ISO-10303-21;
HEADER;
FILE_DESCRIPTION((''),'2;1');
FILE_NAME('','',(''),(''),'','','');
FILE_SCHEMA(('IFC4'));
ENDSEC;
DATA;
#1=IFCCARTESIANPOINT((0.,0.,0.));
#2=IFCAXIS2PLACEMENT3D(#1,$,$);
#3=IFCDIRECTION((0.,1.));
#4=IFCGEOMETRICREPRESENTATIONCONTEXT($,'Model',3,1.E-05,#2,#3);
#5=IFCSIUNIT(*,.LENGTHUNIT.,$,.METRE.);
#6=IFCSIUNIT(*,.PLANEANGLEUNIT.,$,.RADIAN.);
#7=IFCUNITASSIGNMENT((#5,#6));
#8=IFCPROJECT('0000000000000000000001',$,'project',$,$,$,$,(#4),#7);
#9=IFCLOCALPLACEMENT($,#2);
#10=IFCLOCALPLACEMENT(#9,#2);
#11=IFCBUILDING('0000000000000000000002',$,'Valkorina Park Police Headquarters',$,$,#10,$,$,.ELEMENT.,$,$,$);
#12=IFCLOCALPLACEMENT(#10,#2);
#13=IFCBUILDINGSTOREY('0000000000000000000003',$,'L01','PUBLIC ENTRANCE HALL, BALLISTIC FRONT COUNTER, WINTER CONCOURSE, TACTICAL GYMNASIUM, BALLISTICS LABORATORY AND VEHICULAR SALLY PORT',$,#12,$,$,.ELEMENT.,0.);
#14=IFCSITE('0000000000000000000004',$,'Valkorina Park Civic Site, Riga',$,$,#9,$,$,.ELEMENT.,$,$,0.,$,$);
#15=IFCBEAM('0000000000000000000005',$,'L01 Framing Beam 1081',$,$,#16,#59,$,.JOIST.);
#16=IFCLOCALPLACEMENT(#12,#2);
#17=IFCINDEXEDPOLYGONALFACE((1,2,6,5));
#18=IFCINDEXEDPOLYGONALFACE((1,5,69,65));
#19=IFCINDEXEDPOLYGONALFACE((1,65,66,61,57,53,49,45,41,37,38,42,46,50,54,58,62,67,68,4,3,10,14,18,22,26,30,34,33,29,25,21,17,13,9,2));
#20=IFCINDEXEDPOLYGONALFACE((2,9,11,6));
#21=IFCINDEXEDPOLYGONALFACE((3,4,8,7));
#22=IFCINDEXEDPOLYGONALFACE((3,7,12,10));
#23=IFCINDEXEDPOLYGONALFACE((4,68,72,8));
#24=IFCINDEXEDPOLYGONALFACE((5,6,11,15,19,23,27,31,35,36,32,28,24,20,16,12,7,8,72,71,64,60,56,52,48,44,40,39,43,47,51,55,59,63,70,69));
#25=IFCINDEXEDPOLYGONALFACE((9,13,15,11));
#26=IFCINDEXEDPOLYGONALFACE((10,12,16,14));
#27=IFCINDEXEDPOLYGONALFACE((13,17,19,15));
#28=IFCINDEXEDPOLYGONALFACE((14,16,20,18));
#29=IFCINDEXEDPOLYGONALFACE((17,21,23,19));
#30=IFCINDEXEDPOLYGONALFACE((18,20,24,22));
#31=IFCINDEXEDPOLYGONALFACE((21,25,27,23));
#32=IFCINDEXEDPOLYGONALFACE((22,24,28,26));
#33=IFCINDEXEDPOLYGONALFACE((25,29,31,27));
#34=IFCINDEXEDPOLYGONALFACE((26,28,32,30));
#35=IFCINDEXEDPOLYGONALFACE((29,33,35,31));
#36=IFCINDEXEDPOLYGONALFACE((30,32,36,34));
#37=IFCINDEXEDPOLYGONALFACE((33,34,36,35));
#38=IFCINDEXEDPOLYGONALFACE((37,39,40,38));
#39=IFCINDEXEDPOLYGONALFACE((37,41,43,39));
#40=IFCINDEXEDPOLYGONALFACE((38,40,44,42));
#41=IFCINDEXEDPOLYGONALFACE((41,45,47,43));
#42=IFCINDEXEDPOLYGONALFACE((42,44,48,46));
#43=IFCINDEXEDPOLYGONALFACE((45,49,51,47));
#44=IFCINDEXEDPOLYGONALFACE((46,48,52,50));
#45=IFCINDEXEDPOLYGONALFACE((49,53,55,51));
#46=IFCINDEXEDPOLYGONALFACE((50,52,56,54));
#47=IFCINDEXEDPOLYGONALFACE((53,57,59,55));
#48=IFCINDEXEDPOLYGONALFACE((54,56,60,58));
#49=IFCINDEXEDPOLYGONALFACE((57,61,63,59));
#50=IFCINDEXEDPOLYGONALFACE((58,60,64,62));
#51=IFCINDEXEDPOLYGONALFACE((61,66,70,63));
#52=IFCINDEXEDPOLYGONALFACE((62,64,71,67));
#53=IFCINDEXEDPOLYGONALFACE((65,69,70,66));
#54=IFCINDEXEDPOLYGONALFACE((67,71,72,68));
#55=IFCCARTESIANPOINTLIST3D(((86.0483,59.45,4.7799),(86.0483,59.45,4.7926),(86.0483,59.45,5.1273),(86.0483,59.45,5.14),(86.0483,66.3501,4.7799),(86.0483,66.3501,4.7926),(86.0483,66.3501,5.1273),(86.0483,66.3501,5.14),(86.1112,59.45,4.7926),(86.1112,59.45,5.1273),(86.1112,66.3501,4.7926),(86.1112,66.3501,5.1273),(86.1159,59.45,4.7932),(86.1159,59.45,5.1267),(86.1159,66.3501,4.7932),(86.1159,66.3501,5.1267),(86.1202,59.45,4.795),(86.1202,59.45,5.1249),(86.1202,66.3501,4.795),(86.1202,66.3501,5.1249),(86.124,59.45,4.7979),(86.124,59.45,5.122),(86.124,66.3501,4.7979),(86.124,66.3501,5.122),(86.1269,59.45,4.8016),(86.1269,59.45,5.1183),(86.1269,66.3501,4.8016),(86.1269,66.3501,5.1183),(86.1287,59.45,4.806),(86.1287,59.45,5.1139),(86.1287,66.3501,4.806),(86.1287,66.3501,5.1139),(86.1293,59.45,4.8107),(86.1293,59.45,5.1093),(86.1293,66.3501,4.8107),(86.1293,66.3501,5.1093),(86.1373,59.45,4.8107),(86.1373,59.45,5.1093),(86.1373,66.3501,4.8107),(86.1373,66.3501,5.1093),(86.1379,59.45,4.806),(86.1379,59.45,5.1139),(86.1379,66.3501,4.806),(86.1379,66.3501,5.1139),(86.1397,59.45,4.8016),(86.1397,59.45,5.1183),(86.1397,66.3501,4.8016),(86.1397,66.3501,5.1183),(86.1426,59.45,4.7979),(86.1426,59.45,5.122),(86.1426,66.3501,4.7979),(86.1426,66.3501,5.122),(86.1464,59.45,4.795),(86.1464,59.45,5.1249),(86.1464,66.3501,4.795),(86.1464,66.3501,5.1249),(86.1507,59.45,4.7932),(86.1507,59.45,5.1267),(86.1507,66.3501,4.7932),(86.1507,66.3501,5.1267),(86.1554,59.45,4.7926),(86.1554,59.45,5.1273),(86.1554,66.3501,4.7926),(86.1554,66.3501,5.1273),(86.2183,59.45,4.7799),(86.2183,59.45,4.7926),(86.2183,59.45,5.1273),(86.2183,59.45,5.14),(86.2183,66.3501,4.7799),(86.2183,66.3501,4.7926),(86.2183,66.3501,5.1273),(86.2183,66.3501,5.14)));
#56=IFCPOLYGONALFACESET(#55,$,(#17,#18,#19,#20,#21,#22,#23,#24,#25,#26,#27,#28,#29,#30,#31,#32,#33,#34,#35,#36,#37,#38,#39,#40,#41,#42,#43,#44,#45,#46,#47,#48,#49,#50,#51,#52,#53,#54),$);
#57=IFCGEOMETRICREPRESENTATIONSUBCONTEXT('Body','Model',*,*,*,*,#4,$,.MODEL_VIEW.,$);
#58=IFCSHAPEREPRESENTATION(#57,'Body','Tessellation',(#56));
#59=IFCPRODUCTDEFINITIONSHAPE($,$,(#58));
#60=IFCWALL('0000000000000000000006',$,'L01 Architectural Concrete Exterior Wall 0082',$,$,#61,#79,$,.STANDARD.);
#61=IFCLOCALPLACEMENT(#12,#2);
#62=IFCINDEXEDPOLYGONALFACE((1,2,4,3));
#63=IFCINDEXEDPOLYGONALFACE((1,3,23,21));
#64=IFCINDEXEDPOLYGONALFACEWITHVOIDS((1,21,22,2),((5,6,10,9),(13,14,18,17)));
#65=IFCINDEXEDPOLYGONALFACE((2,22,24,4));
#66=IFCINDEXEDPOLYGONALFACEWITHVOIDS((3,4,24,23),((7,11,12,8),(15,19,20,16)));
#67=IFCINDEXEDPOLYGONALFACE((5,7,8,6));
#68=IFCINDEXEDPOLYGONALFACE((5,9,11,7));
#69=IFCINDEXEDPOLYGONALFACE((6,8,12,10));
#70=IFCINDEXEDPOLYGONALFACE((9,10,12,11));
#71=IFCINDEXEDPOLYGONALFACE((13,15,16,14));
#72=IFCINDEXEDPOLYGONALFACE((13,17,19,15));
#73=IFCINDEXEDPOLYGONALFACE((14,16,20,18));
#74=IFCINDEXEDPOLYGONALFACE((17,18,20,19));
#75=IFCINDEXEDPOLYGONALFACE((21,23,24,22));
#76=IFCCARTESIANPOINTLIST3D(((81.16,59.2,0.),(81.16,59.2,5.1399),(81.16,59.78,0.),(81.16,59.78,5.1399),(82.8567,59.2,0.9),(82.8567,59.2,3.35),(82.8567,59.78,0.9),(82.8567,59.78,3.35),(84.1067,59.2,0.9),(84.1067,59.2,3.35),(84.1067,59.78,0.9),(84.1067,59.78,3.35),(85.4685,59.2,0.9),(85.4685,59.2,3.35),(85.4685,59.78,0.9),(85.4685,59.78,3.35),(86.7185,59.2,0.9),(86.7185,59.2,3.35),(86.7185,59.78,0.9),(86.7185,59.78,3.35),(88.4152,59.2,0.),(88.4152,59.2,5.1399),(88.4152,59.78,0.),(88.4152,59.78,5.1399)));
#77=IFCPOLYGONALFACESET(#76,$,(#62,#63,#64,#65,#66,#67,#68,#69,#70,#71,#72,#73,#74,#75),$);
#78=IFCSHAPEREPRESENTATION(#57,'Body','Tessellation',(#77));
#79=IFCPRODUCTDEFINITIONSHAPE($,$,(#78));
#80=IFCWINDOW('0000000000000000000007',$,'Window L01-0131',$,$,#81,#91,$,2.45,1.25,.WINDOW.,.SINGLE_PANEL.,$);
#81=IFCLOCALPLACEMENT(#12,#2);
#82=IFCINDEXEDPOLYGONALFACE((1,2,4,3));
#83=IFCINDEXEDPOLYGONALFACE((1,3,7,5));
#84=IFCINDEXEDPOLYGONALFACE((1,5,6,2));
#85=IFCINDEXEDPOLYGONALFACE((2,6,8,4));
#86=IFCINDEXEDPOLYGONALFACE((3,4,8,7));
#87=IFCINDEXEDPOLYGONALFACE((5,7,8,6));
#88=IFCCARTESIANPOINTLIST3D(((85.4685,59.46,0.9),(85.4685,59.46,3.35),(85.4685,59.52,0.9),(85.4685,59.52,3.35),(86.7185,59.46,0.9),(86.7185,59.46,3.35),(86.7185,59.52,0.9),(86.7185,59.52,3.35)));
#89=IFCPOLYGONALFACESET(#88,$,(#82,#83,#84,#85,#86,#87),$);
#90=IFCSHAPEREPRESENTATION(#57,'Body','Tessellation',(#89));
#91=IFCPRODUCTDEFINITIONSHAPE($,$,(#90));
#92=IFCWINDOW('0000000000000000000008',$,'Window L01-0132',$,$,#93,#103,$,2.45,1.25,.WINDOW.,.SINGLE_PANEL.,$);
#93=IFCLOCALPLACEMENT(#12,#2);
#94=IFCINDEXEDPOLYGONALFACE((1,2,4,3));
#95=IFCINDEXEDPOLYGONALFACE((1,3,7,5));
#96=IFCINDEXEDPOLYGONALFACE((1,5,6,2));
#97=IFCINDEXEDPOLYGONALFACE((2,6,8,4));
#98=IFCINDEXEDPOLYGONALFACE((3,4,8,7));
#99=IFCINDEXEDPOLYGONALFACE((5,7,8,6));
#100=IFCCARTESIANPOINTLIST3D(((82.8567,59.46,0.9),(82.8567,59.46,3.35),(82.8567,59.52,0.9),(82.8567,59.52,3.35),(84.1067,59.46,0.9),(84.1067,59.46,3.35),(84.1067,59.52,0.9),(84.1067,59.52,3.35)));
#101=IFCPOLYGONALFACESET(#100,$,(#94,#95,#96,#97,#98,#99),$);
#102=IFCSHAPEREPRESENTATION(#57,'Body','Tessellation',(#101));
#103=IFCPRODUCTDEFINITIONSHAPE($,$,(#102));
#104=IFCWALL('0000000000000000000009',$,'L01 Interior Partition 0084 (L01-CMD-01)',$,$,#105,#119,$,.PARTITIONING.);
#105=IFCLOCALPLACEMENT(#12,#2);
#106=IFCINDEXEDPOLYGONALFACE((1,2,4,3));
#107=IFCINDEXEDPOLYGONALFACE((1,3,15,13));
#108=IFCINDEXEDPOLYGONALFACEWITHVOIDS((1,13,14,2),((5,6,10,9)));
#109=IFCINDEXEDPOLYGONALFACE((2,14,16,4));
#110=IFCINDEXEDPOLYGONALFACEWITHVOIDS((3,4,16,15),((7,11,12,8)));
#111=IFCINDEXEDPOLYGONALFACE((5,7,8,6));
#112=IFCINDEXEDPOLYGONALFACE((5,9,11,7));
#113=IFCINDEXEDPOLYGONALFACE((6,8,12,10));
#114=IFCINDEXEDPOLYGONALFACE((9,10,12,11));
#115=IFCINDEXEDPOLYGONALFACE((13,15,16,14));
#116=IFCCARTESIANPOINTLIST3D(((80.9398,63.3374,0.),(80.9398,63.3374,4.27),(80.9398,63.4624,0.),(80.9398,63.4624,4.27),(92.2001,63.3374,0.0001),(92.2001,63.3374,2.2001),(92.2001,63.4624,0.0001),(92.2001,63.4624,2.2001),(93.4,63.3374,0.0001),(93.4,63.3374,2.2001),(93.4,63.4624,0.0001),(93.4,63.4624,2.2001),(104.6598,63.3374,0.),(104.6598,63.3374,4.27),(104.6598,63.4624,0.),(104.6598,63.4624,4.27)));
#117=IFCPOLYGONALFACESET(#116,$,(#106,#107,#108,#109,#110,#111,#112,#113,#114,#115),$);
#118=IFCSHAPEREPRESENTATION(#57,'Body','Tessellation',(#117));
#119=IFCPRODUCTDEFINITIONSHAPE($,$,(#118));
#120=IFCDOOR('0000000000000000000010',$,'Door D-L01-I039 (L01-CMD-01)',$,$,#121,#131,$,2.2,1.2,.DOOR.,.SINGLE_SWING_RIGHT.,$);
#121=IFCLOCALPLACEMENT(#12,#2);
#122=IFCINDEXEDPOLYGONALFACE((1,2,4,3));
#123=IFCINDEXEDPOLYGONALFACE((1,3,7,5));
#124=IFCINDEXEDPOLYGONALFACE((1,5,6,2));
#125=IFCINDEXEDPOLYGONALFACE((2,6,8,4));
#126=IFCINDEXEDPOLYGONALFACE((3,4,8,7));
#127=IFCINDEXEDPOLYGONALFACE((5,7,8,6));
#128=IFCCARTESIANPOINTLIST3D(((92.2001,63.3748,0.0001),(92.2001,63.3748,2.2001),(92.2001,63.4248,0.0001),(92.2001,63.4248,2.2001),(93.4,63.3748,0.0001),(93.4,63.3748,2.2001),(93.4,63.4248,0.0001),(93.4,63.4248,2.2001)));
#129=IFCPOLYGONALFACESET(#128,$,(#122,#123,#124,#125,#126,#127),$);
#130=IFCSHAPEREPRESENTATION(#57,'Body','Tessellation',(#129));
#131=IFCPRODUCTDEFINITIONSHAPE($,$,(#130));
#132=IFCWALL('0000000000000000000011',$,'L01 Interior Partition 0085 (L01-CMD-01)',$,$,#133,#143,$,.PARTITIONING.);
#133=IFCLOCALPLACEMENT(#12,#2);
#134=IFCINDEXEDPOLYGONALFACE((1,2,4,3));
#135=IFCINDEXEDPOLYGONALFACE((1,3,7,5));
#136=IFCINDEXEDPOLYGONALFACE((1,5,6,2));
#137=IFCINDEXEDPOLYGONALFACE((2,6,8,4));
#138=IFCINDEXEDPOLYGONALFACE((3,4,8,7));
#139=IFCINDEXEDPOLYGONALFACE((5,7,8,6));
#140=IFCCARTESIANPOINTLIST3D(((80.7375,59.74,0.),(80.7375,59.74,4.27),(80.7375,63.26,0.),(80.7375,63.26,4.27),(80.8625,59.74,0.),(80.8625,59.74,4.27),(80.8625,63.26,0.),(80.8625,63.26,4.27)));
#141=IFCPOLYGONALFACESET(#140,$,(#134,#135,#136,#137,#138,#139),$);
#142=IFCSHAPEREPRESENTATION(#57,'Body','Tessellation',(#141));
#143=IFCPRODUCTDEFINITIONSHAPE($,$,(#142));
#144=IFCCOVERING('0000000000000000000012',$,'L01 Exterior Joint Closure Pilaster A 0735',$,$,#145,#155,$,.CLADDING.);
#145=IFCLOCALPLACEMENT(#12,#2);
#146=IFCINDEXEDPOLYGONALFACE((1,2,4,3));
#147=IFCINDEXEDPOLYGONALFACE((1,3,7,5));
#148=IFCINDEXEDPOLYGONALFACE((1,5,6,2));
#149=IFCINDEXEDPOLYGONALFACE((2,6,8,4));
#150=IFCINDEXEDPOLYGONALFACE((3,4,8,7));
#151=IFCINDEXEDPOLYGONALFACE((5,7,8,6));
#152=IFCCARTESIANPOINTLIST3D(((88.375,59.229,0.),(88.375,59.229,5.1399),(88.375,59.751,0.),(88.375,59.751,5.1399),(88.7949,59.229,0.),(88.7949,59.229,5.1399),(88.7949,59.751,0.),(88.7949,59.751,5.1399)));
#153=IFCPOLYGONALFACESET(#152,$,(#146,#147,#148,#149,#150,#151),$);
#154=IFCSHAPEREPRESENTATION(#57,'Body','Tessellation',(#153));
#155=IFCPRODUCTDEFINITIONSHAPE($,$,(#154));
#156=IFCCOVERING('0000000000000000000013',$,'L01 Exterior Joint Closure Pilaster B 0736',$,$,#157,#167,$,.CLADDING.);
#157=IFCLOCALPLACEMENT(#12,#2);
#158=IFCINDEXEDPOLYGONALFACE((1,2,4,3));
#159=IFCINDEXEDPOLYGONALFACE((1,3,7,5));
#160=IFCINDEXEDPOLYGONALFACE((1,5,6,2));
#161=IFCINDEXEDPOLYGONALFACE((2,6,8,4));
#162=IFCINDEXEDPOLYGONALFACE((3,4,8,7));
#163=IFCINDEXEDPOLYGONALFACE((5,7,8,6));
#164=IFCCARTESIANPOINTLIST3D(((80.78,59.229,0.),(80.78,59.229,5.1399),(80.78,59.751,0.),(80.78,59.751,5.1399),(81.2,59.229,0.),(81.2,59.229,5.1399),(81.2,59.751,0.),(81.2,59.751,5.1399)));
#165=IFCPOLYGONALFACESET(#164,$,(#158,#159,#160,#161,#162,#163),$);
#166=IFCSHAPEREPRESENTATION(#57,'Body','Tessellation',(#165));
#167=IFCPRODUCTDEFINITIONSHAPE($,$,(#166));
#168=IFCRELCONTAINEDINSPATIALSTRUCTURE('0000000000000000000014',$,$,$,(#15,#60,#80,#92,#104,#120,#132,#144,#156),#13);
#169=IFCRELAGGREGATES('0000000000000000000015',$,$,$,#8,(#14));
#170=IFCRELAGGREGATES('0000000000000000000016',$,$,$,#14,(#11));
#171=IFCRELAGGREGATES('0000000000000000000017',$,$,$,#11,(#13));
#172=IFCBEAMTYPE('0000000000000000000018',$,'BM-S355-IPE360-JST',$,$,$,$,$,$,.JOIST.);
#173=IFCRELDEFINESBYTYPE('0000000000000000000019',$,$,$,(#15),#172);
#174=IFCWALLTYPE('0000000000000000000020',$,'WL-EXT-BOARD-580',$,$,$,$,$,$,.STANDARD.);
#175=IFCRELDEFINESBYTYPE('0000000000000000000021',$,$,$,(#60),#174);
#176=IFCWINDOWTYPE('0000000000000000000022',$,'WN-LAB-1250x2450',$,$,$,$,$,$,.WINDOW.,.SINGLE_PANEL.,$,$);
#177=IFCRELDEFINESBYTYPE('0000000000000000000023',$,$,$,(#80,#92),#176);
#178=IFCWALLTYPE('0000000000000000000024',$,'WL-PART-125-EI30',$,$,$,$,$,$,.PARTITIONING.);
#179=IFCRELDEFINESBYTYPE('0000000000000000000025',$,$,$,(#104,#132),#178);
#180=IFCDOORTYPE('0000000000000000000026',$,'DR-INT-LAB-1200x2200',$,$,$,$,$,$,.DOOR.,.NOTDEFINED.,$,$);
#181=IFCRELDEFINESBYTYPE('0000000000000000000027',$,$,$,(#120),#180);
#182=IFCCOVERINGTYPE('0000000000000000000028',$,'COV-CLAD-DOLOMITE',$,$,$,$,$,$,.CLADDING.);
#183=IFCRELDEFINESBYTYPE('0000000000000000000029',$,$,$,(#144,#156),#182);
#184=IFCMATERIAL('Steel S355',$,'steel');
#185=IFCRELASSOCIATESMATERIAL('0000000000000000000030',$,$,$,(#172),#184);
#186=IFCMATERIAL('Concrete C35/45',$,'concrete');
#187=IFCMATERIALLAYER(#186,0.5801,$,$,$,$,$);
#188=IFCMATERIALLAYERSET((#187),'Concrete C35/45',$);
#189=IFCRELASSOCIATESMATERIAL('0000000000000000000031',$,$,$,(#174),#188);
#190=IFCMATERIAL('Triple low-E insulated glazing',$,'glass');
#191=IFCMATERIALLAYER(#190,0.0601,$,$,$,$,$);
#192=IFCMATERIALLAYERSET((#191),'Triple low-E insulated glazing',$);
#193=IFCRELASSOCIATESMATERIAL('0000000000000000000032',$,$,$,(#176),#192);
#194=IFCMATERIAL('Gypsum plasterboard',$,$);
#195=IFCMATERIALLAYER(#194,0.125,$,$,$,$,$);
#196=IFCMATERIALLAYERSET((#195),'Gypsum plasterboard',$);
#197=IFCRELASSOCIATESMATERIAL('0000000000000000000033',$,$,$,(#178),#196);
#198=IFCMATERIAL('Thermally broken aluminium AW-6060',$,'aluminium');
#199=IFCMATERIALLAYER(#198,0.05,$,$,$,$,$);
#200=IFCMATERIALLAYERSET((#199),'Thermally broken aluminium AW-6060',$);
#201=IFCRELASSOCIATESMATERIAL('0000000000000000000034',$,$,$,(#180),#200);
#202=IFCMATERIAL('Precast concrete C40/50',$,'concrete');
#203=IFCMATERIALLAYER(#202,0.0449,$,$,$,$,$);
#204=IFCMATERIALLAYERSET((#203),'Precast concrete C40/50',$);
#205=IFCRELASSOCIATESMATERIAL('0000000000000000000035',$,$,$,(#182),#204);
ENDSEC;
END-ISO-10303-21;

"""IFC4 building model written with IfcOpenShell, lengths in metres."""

from ifc_helpers import new_model, si_unit, direction, frame, frame_2d, origin, origin_2d, place, context, subcontext, project, spatial, rectangle, i_section, extrude, material, layer, layer_set, material_profile, profile_set, type_object, element, fill, save


model = new_model("IFC4")

# Units and contexts
model_context = context("Model", 3, precision=1e-05, world=origin(), true_north=direction((0.0, 1.0)))
body_context = subcontext(model_context, "Body", "Model", "MODEL_VIEW")
ifc_project = project(units=[si_unit("LENGTHUNIT", "METRE"), si_unit("PLANEANGLEUNIT", "RADIAN")], contexts=[model_context])

# Site, building, storey
site_placement = place(None, origin())
site = spatial("IfcSite", under=ifc_project, at=site_placement, Name="Valkorina Park Civic Site, Riga", CompositionType="ELEMENT", RefElevation=0.0)
building_placement = place(site_placement, origin())
building = spatial("IfcBuilding", under=site, at=building_placement, Name="Valkorina Park Police Headquarters", CompositionType="ELEMENT")
storey_placement = place(building_placement, origin())
storey = spatial("IfcBuildingStorey", under=building, at=storey_placement, Name="L01", Description="PUBLIC ENTRANCE HALL, BALLISTIC FRONT COUNTER, WINTER CONCOURSE, TACTICAL GYMNASIUM, BALLISTICS LABORATORY AND VEHICULAR SALLY PORT", CompositionType="ELEMENT", Elevation=0.0)

# Beam
ifc_material_1 = material(Name="Steel S355", Category="steel")
ifc_material_profile_1 = material_profile(ifc_material_1, i_section(OverallWidth=0.1699, OverallDepth=0.3601, WebThickness=0.0081, FlangeThickness=0.0127, FilletRadius=0.0181, at=origin_2d()), Name="IPE 360")
ifc_profile_set_1 = profile_set([ifc_material_profile_1], Name="Steel S355")
beam_type_1 = type_object("IfcBeamType", Name="BM-S355-IPE360-JST", PredefinedType="JOIST", material=ifc_profile_set_1)
for number, where, z_axis, x_axis, name in (
    (1, (86.1333, 59.45, 4.96), (0.0, 1.0, 0.0), (-1.0, 0.0, 0.0), "L01 Framing Beam 1081"),
):
    element("IfcBeam", number, at=place(storey_placement, frame(where, z_axis=z_axis, x_axis=x_axis)), inside=storey, type_object=beam_type_1, Name=name, PredefinedType="JOIST", context=body_context, shape_type="SweptSolid", body=[
        extrude(i_section(OverallWidth=0.1699, OverallDepth=0.3601, WebThickness=0.0081, FlangeThickness=0.0127, FilletRadius=0.0181, at=origin_2d()), origin(), (0.0, 0.0, 1.0), 6.9001),
    ])

# Wall, openings, windows
ifc_material_2 = material(Name="Concrete C35/45", Category="concrete")
ifc_layer_1 = layer(ifc_material_2, 0.5801)
ifc_layer_set_1 = layer_set([ifc_layer_1], Name="Concrete C35/45")
wall_type_1 = type_object("IfcWallType", Name="WL-EXT-BOARD-580", PredefinedType="STANDARD", material=ifc_layer_set_1)
wall_1_placement = place(storey_placement, frame((88.415, 59.49, 0.0), z_axis=(0.0, 0.0, 1.0), x_axis=(-1.0, 0.0, 0.0)))
wall_1 = element("IfcWall", 2, at=wall_1_placement, inside=storey, type_object=wall_type_1, Name="L01 Architectural Concrete Exterior Wall 0082", PredefinedType="STANDARD", context=body_context, shape_type="SweptSolid", body=[
    extrude(rectangle(XDim=7.2551, YDim=0.5801, at=frame_2d((3.6274, 0.0))), origin(), (0.0, 0.0, 1.0), 5.1399),
])
opening_1_placement = place(wall_1_placement, frame((1.6965, 0.0, 0.8999)))
opening_1 = element("IfcOpeningElement", 3, at=opening_1_placement, cuts=wall_1, PredefinedType="OPENING", context=body_context, shape_type="SweptSolid", body=[
    extrude(rectangle(XDim=1.25, YDim=2.45, at=frame_2d((0.625, 1.2251))), frame((0.0, 0.3, 0.0), z_axis=(0.0, -1.0, 0.0), x_axis=(1.0, 0.0, 0.0)), (0.0, 0.0, 1.0), 0.6001),
])
opening_2_placement = place(wall_1_placement, frame((4.3083, 0.0, 0.8999)))
opening_2 = element("IfcOpeningElement", 4, at=opening_2_placement, cuts=wall_1, PredefinedType="OPENING", context=body_context, shape_type="SweptSolid", body=[
    extrude(rectangle(XDim=1.25, YDim=2.45, at=frame_2d((0.625, 1.2251))), frame((0.0, 0.3, 0.0), z_axis=(0.0, -1.0, 0.0), x_axis=(1.0, 0.0, 0.0)), (0.0, 0.0, 1.0), 0.6001),
])
ifc_material_3 = material(Name="Triple low-E insulated glazing", Category="glass")
ifc_layer_2 = layer(ifc_material_3, 0.0601)
ifc_layer_set_2 = layer_set([ifc_layer_2], Name="Triple low-E insulated glazing")
window_type = type_object("IfcWindowType", Name="WN-LAB-1250x2450", PartitioningType="SINGLE_PANEL", PredefinedType="WINDOW", material=ifc_layer_set_2)
window_1_placement = place(opening_1_placement, origin())
window_1 = element("IfcWindow", 5, at=window_1_placement, inside=storey, type_object=window_type, Name="Window L01-0131", OverallHeight=2.45, OverallWidth=1.25, PartitioningType="SINGLE_PANEL", PredefinedType="WINDOW", context=body_context, shape_type="SweptSolid", body=[
    extrude(rectangle(XDim=1.25, YDim=2.45, at=frame_2d((0.625, 1.2251))), frame((0.0, 0.03, 0.0), z_axis=(0.0, -1.0, 0.0), x_axis=(1.0, 0.0, 0.0)), (0.0, 0.0, 1.0), 0.0601),
])
fill(opening_1, window_1)
window_2_placement = place(opening_2_placement, origin())
window_2 = element("IfcWindow", 6, at=window_2_placement, inside=storey, type_object=window_type, Name="Window L01-0132", OverallHeight=2.45, OverallWidth=1.25, PartitioningType="SINGLE_PANEL", PredefinedType="WINDOW", context=body_context, shape_type="SweptSolid", body=[
    extrude(rectangle(XDim=1.25, YDim=2.45, at=frame_2d((0.625, 1.2251))), frame((0.0, 0.03, 0.0), z_axis=(0.0, -1.0, 0.0), x_axis=(1.0, 0.0, 0.0)), (0.0, 0.0, 1.0), 0.0601),
])
fill(opening_2, window_2)

# Wall, opening, door
ifc_material_4 = material(Name="Gypsum plasterboard")
ifc_layer_3 = layer(ifc_material_4, 0.125)
ifc_layer_set_3 = layer_set([ifc_layer_3], Name="Gypsum plasterboard")
wall_type_2 = type_object("IfcWallType", Name="WL-PART-125-EI30", PredefinedType="PARTITIONING", material=ifc_layer_set_3)
wall_2_placement = place(storey_placement, frame((80.9399, 63.3999, 0.0), z_axis=(0.0, 0.0, 1.0), x_axis=(1.0, 0.0, 0.0)))
wall_2 = element("IfcWall", 7, at=wall_2_placement, inside=storey, type_object=wall_type_2, Name="L01 Interior Partition 0084 (L01-CMD-01)", PredefinedType="PARTITIONING", context=body_context, shape_type="SweptSolid", body=[
    extrude(rectangle(XDim=23.72, YDim=0.125, at=frame_2d((11.8599, 0.0))), origin(), (0.0, 0.0, 1.0), 4.27),
])
opening_3_placement = place(wall_2_placement, frame((11.26, 0.0, 0.0)))
opening_3 = element("IfcOpeningElement", 8, at=opening_3_placement, cuts=wall_2, PredefinedType="OPENING", context=body_context, shape_type="SweptSolid", body=[
    extrude(rectangle(XDim=1.2, YDim=2.2, at=frame_2d((0.6001, 1.1001))), frame((0.0, 0.0725, 0.0), z_axis=(0.0, -1.0, 0.0), x_axis=(1.0, 0.0, 0.0)), (0.0, 0.0, 1.0), 0.145),
])
ifc_material_5 = material(Name="Thermally broken aluminium AW-6060", Category="aluminium")
ifc_layer_4 = layer(ifc_material_5, 0.05)
ifc_layer_set_4 = layer_set([ifc_layer_4], Name="Thermally broken aluminium AW-6060")
door_type = type_object("IfcDoorType", Name="DR-INT-LAB-1200x2200", OperationType="NOTDEFINED", PredefinedType="DOOR", material=ifc_layer_set_4)
door_placement = place(opening_3_placement, origin())
door = element("IfcDoor", 9, at=door_placement, inside=storey, type_object=door_type, Name="Door D-L01-I039 (L01-CMD-01)", OperationType="SINGLE_SWING_RIGHT", OverallHeight=2.2, OverallWidth=1.2, PredefinedType="DOOR", context=body_context, shape_type="SweptSolid", body=[
    extrude(rectangle(XDim=1.2, YDim=2.2, at=frame_2d((0.6001, 1.1001))), frame((0.0, 0.0249, 0.0), z_axis=(0.0, -1.0, 0.0), x_axis=(1.0, 0.0, 0.0)), (0.0, 0.0, 1.0), 0.05),
])
fill(opening_3, door)

# Wall
wall_3_placement = place(storey_placement, frame((80.8, 59.74, 0.0), z_axis=(0.0, 0.0, 1.0), x_axis=(0.0, 1.0, 0.0)))
element("IfcWall", 10, at=wall_3_placement, inside=storey, type_object=wall_type_2, Name="L01 Interior Partition 0085 (L01-CMD-01)", PredefinedType="PARTITIONING", context=body_context, shape_type="SweptSolid", body=[
    extrude(rectangle(XDim=3.52, YDim=0.125, at=frame_2d((1.76, 0.0))), origin(), (0.0, 0.0, 1.0), 4.27),
])

# Coverings
ifc_material_6 = material(Name="Precast concrete C40/50", Category="concrete")
ifc_layer_5 = layer(ifc_material_6, 0.0449)
ifc_layer_set_5 = layer_set([ifc_layer_5], Name="Precast concrete C40/50")
covering_type = type_object("IfcCoveringType", Name="COV-CLAD-DOLOMITE", PredefinedType="CLADDING", material=ifc_layer_set_5)
for number, where, z_axis, x_axis, name in (
    (11, (88.585, 59.49, 0.0), (0.0, 0.0, 1.0), (1.0, 0.0, 0.0), "L01 Exterior Joint Closure Pilaster A 0735"),
    (12, (80.99, 59.49, 0.0), (0.0, 0.0, 1.0), (1.0, 0.0, 0.0), "L01 Exterior Joint Closure Pilaster B 0736"),
):
    element("IfcCovering", number, at=place(storey_placement, frame(where, z_axis=z_axis, x_axis=x_axis)), inside=storey, type_object=covering_type, Name=name, PredefinedType="CLADDING", context=body_context, shape_type="SweptSolid", body=[
        extrude(rectangle(XDim=0.4199, YDim=0.522, at=origin_2d()), origin(), (0.0, 0.0, 1.0), 5.1399),
    ])

save(model, "model.ifc")
